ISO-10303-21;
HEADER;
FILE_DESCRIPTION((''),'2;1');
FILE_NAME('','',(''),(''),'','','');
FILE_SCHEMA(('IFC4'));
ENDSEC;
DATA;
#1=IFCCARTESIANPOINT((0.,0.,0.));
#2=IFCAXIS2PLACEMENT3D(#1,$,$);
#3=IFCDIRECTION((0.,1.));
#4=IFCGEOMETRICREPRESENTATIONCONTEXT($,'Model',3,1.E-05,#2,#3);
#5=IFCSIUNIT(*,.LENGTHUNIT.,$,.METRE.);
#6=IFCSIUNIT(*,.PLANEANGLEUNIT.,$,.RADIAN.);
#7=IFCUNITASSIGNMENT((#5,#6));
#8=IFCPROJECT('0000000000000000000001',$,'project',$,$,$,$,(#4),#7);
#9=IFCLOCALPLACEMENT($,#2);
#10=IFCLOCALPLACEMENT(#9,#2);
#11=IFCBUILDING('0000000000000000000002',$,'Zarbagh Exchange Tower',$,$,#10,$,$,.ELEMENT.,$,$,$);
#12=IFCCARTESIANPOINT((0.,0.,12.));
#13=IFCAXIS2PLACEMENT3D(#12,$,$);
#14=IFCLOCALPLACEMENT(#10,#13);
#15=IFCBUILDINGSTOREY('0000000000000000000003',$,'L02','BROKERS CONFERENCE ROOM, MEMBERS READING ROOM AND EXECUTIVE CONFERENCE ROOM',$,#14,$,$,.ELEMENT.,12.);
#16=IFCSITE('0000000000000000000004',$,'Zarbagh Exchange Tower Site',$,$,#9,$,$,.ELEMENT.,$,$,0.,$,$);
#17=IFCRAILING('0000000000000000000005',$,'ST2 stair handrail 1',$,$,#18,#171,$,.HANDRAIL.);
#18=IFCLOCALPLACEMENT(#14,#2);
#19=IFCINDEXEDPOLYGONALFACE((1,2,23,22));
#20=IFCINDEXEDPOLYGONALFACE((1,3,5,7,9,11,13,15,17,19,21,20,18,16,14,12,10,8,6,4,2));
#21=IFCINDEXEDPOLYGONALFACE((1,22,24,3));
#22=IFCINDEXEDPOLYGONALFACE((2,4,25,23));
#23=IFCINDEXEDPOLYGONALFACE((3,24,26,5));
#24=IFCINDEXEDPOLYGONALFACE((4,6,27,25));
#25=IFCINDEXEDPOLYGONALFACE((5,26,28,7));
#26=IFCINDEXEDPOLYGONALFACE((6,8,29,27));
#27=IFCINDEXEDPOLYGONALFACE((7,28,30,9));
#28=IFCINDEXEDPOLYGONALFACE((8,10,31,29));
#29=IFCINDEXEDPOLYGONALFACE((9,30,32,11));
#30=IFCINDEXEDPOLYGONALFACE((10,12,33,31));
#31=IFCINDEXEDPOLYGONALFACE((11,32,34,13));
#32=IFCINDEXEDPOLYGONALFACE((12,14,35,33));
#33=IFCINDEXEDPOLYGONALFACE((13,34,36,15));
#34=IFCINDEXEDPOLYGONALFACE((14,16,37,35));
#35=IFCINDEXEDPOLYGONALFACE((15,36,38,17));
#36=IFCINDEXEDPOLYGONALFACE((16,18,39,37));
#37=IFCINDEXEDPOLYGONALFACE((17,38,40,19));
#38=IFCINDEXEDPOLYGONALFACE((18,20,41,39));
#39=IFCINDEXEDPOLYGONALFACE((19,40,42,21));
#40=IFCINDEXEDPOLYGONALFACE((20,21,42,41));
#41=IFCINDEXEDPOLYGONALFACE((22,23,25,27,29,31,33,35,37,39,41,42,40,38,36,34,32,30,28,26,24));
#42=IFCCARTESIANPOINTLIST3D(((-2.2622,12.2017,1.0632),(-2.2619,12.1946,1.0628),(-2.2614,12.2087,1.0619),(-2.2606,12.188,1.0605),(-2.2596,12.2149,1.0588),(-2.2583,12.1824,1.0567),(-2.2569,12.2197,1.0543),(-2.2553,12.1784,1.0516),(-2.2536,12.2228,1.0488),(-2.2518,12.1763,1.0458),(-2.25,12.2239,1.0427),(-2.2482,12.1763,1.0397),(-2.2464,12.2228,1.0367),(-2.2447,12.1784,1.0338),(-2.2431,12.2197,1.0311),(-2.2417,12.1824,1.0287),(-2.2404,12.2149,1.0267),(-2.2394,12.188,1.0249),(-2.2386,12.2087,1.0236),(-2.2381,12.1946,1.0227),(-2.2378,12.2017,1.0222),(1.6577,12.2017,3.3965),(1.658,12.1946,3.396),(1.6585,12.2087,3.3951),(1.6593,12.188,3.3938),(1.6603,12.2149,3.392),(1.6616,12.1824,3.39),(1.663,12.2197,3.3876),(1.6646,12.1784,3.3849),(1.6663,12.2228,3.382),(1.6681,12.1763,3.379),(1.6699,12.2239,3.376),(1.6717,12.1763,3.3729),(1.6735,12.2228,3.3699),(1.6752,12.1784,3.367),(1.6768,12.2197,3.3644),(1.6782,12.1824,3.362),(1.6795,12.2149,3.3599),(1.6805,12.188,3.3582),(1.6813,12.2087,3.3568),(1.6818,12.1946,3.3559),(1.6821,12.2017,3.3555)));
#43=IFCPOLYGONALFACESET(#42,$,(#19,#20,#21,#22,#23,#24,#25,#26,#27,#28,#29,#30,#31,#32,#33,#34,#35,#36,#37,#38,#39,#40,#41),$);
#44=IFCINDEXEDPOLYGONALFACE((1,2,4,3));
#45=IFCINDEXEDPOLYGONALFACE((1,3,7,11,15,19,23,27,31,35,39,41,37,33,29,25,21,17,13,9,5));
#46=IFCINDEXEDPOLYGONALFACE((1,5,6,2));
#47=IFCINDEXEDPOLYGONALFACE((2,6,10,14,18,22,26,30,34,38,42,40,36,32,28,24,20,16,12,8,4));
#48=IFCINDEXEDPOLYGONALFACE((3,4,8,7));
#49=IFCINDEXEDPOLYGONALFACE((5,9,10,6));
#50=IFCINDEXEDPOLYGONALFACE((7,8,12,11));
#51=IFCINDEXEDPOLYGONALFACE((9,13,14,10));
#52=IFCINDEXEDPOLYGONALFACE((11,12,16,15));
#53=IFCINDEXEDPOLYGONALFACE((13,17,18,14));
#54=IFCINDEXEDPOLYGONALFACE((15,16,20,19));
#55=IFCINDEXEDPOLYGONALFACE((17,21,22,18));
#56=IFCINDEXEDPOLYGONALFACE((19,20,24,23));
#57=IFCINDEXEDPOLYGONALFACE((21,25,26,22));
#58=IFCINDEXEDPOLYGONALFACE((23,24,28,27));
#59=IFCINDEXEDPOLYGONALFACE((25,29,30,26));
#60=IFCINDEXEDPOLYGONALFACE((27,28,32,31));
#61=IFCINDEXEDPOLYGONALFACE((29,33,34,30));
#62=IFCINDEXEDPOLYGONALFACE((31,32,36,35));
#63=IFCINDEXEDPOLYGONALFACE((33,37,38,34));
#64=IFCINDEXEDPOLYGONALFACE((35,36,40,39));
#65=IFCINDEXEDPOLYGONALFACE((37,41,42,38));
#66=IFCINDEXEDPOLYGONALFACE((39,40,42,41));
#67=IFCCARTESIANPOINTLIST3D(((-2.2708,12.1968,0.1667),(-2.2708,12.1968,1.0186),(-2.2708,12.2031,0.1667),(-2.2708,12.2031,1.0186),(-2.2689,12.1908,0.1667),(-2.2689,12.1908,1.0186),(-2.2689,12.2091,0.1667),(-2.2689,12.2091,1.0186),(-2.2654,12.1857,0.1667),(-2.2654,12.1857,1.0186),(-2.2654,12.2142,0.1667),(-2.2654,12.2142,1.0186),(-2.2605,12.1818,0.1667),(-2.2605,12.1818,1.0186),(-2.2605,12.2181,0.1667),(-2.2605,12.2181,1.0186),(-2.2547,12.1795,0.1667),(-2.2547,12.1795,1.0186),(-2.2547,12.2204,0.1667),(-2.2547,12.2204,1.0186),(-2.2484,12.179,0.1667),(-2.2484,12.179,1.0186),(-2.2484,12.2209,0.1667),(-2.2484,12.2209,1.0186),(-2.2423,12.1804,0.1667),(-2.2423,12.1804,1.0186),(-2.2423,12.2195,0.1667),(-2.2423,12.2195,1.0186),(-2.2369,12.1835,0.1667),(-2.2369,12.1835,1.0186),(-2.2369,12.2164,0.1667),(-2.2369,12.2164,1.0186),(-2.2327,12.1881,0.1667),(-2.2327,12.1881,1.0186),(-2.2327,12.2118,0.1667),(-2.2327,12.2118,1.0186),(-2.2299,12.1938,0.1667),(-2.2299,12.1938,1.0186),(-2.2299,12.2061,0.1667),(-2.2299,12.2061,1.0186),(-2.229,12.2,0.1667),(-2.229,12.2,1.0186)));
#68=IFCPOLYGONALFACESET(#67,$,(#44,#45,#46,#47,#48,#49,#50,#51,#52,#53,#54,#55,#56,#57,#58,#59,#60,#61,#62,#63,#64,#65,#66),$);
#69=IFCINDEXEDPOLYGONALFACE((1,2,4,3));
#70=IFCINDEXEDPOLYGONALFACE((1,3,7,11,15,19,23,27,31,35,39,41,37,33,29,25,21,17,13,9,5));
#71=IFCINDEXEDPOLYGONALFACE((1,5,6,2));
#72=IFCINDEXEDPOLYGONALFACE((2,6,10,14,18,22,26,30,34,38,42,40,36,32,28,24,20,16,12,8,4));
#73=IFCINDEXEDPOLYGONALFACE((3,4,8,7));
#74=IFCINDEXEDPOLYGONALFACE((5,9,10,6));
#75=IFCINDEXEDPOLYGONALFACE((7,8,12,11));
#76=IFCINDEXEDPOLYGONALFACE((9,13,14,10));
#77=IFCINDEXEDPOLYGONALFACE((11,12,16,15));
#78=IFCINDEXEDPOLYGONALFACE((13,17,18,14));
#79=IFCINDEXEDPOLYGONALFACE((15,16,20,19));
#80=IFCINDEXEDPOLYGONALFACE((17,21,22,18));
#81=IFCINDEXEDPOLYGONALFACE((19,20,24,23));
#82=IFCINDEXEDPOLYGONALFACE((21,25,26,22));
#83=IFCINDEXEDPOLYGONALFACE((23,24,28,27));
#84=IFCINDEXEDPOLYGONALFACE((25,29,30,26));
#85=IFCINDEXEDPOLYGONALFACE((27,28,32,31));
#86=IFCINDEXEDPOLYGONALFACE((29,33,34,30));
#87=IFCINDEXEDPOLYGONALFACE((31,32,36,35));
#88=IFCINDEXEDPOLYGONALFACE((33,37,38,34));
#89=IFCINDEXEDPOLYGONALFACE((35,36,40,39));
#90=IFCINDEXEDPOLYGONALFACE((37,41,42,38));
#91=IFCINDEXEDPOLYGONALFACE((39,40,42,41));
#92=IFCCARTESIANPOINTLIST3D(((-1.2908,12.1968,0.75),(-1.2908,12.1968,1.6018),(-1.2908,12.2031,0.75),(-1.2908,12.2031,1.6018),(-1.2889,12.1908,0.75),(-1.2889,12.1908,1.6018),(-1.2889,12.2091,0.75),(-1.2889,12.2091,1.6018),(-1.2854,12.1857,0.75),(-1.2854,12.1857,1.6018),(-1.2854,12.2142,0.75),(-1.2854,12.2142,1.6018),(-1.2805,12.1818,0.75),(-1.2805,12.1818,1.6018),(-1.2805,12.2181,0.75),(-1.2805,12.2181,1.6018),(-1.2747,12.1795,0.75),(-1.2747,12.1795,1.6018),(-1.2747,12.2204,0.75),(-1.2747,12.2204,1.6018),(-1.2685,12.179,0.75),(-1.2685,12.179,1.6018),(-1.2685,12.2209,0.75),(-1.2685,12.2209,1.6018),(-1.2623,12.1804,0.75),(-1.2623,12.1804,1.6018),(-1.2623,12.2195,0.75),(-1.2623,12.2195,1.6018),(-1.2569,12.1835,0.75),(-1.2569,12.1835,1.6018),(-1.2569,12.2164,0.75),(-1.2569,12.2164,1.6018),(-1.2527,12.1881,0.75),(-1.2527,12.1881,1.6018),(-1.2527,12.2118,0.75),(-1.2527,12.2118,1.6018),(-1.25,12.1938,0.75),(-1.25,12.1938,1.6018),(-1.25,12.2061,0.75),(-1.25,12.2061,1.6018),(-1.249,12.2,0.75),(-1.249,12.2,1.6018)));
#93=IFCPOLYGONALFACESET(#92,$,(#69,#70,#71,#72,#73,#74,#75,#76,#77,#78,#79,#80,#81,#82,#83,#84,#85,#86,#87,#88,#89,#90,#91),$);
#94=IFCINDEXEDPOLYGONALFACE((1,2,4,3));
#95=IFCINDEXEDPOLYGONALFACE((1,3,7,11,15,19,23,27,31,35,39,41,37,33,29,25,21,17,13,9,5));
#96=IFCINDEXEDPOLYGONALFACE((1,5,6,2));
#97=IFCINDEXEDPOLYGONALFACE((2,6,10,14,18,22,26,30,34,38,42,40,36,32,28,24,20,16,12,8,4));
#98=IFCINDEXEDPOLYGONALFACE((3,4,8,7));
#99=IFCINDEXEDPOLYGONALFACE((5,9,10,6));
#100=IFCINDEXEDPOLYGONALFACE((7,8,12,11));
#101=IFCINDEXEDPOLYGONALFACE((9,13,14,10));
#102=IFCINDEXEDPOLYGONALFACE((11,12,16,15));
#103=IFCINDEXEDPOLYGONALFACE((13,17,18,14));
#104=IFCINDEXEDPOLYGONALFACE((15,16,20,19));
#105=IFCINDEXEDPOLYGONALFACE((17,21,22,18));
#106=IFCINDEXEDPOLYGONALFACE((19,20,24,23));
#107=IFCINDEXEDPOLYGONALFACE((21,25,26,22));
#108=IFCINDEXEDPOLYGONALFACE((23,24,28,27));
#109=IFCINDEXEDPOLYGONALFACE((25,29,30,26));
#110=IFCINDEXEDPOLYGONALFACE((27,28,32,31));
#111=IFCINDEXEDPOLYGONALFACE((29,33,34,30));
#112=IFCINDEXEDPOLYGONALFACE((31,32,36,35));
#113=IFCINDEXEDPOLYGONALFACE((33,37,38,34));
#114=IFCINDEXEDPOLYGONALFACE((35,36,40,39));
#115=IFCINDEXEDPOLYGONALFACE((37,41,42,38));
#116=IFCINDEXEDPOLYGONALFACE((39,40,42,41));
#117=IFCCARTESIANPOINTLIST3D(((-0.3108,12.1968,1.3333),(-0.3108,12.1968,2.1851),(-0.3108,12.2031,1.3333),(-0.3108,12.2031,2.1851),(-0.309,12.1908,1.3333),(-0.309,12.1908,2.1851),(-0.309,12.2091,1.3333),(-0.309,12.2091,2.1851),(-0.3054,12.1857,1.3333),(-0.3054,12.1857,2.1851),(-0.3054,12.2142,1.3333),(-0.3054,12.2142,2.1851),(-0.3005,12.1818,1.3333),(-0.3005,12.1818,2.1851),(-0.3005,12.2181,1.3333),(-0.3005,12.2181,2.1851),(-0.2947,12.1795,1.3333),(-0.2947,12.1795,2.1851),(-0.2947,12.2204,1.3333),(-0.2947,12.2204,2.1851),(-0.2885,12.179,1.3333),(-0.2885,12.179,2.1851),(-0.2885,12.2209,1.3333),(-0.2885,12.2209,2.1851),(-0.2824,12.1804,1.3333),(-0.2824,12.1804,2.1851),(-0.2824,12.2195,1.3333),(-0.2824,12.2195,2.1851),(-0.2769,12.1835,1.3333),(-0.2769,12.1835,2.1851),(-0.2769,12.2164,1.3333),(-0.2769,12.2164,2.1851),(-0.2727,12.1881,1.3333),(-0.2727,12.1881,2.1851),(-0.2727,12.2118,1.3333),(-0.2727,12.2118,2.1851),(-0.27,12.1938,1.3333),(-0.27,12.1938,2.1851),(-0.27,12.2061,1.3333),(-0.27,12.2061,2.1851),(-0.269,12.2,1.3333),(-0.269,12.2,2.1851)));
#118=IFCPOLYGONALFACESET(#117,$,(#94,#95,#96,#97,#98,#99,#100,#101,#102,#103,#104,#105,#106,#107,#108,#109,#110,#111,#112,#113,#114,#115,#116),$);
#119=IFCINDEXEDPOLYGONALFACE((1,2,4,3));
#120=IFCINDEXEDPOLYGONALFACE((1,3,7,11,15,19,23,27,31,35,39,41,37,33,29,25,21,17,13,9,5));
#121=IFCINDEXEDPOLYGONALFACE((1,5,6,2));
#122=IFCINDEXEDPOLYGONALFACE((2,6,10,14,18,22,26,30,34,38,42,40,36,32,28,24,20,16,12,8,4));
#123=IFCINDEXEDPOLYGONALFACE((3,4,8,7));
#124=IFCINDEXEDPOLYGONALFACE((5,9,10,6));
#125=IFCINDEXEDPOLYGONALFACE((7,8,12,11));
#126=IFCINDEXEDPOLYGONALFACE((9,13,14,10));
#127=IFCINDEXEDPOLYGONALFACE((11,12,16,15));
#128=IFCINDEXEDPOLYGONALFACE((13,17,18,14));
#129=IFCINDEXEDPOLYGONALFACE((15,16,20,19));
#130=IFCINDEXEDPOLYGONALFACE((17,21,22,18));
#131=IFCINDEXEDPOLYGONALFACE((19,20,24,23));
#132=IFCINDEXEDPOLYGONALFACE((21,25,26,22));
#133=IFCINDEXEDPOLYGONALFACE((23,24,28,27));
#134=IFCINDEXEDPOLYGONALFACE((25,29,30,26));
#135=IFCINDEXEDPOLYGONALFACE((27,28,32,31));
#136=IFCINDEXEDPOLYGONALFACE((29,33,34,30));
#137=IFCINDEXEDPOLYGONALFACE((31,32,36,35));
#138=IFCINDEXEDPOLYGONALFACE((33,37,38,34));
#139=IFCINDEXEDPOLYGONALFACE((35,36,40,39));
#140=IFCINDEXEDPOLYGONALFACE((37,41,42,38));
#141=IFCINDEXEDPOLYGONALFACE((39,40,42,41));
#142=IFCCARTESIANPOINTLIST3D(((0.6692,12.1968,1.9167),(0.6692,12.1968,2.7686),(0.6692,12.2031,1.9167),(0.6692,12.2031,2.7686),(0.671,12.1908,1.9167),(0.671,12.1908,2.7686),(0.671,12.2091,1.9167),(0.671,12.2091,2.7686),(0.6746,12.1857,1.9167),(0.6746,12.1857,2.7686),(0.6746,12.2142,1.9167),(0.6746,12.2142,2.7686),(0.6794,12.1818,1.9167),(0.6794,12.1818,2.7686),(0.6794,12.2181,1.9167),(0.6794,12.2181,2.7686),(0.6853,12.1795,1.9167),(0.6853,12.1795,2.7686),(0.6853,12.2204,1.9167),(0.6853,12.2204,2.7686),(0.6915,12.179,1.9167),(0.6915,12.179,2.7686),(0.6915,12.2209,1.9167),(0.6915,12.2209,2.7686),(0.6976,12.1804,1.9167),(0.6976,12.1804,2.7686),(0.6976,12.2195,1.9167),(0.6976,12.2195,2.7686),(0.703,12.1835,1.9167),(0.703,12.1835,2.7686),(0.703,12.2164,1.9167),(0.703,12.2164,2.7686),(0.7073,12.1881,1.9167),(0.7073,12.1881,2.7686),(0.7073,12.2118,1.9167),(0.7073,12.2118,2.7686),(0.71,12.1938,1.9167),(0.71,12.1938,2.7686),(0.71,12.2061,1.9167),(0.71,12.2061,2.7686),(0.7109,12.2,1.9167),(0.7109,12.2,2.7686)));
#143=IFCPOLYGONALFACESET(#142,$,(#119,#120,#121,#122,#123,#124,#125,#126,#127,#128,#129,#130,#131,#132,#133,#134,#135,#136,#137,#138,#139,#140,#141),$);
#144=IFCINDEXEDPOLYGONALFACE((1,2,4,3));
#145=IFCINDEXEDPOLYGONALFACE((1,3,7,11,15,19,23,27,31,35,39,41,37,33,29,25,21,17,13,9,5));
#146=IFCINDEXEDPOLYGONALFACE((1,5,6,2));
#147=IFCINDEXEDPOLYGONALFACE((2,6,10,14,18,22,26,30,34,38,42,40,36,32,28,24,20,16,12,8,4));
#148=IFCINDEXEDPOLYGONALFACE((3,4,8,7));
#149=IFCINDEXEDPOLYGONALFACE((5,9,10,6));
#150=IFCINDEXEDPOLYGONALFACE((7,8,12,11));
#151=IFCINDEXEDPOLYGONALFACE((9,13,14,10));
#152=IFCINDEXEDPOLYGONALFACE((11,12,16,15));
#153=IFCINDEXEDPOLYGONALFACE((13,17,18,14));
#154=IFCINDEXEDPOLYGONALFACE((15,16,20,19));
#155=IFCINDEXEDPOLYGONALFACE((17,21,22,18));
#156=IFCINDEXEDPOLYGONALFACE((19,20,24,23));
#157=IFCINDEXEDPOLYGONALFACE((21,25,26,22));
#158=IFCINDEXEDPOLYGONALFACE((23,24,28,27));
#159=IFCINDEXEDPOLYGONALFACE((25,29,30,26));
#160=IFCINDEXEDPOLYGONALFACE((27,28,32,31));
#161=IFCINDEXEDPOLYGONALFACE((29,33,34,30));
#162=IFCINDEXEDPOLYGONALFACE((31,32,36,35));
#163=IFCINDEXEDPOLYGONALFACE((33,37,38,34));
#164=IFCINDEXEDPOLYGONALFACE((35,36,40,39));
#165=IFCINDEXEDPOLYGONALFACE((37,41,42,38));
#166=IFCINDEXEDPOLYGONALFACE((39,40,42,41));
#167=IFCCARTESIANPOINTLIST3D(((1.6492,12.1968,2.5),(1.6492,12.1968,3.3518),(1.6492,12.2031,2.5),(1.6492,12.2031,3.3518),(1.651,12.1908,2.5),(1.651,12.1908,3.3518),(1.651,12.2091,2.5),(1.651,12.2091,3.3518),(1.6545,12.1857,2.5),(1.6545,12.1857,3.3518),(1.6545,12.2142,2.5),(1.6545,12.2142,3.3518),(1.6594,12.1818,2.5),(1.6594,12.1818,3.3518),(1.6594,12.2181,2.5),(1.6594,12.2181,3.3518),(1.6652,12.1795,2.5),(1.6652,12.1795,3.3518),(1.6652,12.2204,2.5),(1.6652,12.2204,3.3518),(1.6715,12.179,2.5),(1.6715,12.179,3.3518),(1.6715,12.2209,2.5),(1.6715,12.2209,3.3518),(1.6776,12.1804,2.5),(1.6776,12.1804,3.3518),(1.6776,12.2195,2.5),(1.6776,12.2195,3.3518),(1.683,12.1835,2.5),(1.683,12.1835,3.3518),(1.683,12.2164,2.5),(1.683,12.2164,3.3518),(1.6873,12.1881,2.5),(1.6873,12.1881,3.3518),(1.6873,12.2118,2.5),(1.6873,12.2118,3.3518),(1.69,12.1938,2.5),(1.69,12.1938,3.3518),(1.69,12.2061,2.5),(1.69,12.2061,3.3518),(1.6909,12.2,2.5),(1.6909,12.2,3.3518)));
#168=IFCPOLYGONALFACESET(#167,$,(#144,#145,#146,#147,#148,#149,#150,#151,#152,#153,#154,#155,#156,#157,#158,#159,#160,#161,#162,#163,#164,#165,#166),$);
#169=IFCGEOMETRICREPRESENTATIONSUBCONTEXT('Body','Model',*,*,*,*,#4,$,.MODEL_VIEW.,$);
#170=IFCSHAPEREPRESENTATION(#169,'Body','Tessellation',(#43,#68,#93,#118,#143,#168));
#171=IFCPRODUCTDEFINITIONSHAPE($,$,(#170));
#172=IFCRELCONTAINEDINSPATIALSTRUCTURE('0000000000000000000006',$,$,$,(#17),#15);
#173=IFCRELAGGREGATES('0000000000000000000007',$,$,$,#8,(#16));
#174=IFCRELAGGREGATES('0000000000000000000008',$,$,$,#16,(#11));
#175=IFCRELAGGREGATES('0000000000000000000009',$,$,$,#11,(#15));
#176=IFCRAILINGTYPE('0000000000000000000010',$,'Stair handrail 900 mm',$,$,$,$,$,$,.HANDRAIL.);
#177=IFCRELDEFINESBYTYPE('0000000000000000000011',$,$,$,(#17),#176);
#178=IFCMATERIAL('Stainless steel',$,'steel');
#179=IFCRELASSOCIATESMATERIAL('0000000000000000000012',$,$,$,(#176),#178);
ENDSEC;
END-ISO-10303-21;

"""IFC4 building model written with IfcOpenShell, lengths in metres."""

from ifc_helpers import new_model, si_unit, direction, frame, origin, origin_2d, place, context, subcontext, project, spatial, circle, extrude, material, type_object, element, save


model = new_model("IFC4")

# Units and contexts
model_context = context("Model", 3, precision=1e-05, world=origin(), true_north=direction((0.0, 1.0)))
body_context = subcontext(model_context, "Body", "Model", "MODEL_VIEW")
ifc_project = project(units=[si_unit("LENGTHUNIT", "METRE"), si_unit("PLANEANGLEUNIT", "RADIAN")], contexts=[model_context])

# Site, building, storey
site_placement = place(None, origin())
site = spatial("IfcSite", under=ifc_project, at=site_placement, Name="Zarbagh Exchange Tower Site", CompositionType="ELEMENT", RefElevation=0.0)
building_placement = place(site_placement, origin())
building = spatial("IfcBuilding", under=site, at=building_placement, Name="Zarbagh Exchange Tower", CompositionType="ELEMENT")
storey_placement = place(building_placement, frame((0.0, 0.0, 12.0)))
storey = spatial("IfcBuildingStorey", under=building, at=storey_placement, Name="L02", Description="BROKERS CONFERENCE ROOM, MEMBERS READING ROOM AND EXECUTIVE CONFERENCE ROOM", CompositionType="ELEMENT", Elevation=12.0)

# Shared definitions
ifc_material_1 = material(Name="Stainless steel", Category="steel")

# Railing
railing_type_1 = type_object("IfcRailingType", Name="Stair handrail 900 mm", PredefinedType="HANDRAIL", material=ifc_material_1)
for number, where, name in (
    (1, (-2.25, 12.2, 0.1667), "ST2 stair handrail 1"),
):
    element("IfcRailing", number, at=place(storey_placement, frame(where)), inside=storey, type_object=railing_type_1, Name=name, PredefinedType="HANDRAIL", context=body_context, shape_type="SweptSolid", body=[
        extrude(circle(Radius=0.0239, at=origin_2d()), frame((0.0, 0.0, 0.876), z_axis=(0.859296, 0.0, 0.511478), x_axis=(0.0, 1.0, 0.0)), (0.0, 0.0, 1.0), 4.5618),
        extrude(circle(Radius=0.021, at=origin_2d()), origin(), (0.0, 0.0, 1.0), 0.8518),
        extrude(circle(Radius=0.021, at=origin_2d()), frame((0.98, 0.0, 0.5833)), (0.0, 0.0, 1.0), 0.8518),
        extrude(circle(Radius=0.021, at=origin_2d()), frame((1.96, 0.0, 1.1665)), (0.0, 0.0, 1.0), 0.8518),
        extrude(circle(Radius=0.021, at=origin_2d()), frame((2.9399, 0.0, 1.75)), (0.0, 0.0, 1.0), 0.8518),
        extrude(circle(Radius=0.021, at=origin_2d()), frame((3.9199, 0.0, 2.3333)), (0.0, 0.0, 1.0), 0.8518),
    ])

save(model, "model.ifc")
